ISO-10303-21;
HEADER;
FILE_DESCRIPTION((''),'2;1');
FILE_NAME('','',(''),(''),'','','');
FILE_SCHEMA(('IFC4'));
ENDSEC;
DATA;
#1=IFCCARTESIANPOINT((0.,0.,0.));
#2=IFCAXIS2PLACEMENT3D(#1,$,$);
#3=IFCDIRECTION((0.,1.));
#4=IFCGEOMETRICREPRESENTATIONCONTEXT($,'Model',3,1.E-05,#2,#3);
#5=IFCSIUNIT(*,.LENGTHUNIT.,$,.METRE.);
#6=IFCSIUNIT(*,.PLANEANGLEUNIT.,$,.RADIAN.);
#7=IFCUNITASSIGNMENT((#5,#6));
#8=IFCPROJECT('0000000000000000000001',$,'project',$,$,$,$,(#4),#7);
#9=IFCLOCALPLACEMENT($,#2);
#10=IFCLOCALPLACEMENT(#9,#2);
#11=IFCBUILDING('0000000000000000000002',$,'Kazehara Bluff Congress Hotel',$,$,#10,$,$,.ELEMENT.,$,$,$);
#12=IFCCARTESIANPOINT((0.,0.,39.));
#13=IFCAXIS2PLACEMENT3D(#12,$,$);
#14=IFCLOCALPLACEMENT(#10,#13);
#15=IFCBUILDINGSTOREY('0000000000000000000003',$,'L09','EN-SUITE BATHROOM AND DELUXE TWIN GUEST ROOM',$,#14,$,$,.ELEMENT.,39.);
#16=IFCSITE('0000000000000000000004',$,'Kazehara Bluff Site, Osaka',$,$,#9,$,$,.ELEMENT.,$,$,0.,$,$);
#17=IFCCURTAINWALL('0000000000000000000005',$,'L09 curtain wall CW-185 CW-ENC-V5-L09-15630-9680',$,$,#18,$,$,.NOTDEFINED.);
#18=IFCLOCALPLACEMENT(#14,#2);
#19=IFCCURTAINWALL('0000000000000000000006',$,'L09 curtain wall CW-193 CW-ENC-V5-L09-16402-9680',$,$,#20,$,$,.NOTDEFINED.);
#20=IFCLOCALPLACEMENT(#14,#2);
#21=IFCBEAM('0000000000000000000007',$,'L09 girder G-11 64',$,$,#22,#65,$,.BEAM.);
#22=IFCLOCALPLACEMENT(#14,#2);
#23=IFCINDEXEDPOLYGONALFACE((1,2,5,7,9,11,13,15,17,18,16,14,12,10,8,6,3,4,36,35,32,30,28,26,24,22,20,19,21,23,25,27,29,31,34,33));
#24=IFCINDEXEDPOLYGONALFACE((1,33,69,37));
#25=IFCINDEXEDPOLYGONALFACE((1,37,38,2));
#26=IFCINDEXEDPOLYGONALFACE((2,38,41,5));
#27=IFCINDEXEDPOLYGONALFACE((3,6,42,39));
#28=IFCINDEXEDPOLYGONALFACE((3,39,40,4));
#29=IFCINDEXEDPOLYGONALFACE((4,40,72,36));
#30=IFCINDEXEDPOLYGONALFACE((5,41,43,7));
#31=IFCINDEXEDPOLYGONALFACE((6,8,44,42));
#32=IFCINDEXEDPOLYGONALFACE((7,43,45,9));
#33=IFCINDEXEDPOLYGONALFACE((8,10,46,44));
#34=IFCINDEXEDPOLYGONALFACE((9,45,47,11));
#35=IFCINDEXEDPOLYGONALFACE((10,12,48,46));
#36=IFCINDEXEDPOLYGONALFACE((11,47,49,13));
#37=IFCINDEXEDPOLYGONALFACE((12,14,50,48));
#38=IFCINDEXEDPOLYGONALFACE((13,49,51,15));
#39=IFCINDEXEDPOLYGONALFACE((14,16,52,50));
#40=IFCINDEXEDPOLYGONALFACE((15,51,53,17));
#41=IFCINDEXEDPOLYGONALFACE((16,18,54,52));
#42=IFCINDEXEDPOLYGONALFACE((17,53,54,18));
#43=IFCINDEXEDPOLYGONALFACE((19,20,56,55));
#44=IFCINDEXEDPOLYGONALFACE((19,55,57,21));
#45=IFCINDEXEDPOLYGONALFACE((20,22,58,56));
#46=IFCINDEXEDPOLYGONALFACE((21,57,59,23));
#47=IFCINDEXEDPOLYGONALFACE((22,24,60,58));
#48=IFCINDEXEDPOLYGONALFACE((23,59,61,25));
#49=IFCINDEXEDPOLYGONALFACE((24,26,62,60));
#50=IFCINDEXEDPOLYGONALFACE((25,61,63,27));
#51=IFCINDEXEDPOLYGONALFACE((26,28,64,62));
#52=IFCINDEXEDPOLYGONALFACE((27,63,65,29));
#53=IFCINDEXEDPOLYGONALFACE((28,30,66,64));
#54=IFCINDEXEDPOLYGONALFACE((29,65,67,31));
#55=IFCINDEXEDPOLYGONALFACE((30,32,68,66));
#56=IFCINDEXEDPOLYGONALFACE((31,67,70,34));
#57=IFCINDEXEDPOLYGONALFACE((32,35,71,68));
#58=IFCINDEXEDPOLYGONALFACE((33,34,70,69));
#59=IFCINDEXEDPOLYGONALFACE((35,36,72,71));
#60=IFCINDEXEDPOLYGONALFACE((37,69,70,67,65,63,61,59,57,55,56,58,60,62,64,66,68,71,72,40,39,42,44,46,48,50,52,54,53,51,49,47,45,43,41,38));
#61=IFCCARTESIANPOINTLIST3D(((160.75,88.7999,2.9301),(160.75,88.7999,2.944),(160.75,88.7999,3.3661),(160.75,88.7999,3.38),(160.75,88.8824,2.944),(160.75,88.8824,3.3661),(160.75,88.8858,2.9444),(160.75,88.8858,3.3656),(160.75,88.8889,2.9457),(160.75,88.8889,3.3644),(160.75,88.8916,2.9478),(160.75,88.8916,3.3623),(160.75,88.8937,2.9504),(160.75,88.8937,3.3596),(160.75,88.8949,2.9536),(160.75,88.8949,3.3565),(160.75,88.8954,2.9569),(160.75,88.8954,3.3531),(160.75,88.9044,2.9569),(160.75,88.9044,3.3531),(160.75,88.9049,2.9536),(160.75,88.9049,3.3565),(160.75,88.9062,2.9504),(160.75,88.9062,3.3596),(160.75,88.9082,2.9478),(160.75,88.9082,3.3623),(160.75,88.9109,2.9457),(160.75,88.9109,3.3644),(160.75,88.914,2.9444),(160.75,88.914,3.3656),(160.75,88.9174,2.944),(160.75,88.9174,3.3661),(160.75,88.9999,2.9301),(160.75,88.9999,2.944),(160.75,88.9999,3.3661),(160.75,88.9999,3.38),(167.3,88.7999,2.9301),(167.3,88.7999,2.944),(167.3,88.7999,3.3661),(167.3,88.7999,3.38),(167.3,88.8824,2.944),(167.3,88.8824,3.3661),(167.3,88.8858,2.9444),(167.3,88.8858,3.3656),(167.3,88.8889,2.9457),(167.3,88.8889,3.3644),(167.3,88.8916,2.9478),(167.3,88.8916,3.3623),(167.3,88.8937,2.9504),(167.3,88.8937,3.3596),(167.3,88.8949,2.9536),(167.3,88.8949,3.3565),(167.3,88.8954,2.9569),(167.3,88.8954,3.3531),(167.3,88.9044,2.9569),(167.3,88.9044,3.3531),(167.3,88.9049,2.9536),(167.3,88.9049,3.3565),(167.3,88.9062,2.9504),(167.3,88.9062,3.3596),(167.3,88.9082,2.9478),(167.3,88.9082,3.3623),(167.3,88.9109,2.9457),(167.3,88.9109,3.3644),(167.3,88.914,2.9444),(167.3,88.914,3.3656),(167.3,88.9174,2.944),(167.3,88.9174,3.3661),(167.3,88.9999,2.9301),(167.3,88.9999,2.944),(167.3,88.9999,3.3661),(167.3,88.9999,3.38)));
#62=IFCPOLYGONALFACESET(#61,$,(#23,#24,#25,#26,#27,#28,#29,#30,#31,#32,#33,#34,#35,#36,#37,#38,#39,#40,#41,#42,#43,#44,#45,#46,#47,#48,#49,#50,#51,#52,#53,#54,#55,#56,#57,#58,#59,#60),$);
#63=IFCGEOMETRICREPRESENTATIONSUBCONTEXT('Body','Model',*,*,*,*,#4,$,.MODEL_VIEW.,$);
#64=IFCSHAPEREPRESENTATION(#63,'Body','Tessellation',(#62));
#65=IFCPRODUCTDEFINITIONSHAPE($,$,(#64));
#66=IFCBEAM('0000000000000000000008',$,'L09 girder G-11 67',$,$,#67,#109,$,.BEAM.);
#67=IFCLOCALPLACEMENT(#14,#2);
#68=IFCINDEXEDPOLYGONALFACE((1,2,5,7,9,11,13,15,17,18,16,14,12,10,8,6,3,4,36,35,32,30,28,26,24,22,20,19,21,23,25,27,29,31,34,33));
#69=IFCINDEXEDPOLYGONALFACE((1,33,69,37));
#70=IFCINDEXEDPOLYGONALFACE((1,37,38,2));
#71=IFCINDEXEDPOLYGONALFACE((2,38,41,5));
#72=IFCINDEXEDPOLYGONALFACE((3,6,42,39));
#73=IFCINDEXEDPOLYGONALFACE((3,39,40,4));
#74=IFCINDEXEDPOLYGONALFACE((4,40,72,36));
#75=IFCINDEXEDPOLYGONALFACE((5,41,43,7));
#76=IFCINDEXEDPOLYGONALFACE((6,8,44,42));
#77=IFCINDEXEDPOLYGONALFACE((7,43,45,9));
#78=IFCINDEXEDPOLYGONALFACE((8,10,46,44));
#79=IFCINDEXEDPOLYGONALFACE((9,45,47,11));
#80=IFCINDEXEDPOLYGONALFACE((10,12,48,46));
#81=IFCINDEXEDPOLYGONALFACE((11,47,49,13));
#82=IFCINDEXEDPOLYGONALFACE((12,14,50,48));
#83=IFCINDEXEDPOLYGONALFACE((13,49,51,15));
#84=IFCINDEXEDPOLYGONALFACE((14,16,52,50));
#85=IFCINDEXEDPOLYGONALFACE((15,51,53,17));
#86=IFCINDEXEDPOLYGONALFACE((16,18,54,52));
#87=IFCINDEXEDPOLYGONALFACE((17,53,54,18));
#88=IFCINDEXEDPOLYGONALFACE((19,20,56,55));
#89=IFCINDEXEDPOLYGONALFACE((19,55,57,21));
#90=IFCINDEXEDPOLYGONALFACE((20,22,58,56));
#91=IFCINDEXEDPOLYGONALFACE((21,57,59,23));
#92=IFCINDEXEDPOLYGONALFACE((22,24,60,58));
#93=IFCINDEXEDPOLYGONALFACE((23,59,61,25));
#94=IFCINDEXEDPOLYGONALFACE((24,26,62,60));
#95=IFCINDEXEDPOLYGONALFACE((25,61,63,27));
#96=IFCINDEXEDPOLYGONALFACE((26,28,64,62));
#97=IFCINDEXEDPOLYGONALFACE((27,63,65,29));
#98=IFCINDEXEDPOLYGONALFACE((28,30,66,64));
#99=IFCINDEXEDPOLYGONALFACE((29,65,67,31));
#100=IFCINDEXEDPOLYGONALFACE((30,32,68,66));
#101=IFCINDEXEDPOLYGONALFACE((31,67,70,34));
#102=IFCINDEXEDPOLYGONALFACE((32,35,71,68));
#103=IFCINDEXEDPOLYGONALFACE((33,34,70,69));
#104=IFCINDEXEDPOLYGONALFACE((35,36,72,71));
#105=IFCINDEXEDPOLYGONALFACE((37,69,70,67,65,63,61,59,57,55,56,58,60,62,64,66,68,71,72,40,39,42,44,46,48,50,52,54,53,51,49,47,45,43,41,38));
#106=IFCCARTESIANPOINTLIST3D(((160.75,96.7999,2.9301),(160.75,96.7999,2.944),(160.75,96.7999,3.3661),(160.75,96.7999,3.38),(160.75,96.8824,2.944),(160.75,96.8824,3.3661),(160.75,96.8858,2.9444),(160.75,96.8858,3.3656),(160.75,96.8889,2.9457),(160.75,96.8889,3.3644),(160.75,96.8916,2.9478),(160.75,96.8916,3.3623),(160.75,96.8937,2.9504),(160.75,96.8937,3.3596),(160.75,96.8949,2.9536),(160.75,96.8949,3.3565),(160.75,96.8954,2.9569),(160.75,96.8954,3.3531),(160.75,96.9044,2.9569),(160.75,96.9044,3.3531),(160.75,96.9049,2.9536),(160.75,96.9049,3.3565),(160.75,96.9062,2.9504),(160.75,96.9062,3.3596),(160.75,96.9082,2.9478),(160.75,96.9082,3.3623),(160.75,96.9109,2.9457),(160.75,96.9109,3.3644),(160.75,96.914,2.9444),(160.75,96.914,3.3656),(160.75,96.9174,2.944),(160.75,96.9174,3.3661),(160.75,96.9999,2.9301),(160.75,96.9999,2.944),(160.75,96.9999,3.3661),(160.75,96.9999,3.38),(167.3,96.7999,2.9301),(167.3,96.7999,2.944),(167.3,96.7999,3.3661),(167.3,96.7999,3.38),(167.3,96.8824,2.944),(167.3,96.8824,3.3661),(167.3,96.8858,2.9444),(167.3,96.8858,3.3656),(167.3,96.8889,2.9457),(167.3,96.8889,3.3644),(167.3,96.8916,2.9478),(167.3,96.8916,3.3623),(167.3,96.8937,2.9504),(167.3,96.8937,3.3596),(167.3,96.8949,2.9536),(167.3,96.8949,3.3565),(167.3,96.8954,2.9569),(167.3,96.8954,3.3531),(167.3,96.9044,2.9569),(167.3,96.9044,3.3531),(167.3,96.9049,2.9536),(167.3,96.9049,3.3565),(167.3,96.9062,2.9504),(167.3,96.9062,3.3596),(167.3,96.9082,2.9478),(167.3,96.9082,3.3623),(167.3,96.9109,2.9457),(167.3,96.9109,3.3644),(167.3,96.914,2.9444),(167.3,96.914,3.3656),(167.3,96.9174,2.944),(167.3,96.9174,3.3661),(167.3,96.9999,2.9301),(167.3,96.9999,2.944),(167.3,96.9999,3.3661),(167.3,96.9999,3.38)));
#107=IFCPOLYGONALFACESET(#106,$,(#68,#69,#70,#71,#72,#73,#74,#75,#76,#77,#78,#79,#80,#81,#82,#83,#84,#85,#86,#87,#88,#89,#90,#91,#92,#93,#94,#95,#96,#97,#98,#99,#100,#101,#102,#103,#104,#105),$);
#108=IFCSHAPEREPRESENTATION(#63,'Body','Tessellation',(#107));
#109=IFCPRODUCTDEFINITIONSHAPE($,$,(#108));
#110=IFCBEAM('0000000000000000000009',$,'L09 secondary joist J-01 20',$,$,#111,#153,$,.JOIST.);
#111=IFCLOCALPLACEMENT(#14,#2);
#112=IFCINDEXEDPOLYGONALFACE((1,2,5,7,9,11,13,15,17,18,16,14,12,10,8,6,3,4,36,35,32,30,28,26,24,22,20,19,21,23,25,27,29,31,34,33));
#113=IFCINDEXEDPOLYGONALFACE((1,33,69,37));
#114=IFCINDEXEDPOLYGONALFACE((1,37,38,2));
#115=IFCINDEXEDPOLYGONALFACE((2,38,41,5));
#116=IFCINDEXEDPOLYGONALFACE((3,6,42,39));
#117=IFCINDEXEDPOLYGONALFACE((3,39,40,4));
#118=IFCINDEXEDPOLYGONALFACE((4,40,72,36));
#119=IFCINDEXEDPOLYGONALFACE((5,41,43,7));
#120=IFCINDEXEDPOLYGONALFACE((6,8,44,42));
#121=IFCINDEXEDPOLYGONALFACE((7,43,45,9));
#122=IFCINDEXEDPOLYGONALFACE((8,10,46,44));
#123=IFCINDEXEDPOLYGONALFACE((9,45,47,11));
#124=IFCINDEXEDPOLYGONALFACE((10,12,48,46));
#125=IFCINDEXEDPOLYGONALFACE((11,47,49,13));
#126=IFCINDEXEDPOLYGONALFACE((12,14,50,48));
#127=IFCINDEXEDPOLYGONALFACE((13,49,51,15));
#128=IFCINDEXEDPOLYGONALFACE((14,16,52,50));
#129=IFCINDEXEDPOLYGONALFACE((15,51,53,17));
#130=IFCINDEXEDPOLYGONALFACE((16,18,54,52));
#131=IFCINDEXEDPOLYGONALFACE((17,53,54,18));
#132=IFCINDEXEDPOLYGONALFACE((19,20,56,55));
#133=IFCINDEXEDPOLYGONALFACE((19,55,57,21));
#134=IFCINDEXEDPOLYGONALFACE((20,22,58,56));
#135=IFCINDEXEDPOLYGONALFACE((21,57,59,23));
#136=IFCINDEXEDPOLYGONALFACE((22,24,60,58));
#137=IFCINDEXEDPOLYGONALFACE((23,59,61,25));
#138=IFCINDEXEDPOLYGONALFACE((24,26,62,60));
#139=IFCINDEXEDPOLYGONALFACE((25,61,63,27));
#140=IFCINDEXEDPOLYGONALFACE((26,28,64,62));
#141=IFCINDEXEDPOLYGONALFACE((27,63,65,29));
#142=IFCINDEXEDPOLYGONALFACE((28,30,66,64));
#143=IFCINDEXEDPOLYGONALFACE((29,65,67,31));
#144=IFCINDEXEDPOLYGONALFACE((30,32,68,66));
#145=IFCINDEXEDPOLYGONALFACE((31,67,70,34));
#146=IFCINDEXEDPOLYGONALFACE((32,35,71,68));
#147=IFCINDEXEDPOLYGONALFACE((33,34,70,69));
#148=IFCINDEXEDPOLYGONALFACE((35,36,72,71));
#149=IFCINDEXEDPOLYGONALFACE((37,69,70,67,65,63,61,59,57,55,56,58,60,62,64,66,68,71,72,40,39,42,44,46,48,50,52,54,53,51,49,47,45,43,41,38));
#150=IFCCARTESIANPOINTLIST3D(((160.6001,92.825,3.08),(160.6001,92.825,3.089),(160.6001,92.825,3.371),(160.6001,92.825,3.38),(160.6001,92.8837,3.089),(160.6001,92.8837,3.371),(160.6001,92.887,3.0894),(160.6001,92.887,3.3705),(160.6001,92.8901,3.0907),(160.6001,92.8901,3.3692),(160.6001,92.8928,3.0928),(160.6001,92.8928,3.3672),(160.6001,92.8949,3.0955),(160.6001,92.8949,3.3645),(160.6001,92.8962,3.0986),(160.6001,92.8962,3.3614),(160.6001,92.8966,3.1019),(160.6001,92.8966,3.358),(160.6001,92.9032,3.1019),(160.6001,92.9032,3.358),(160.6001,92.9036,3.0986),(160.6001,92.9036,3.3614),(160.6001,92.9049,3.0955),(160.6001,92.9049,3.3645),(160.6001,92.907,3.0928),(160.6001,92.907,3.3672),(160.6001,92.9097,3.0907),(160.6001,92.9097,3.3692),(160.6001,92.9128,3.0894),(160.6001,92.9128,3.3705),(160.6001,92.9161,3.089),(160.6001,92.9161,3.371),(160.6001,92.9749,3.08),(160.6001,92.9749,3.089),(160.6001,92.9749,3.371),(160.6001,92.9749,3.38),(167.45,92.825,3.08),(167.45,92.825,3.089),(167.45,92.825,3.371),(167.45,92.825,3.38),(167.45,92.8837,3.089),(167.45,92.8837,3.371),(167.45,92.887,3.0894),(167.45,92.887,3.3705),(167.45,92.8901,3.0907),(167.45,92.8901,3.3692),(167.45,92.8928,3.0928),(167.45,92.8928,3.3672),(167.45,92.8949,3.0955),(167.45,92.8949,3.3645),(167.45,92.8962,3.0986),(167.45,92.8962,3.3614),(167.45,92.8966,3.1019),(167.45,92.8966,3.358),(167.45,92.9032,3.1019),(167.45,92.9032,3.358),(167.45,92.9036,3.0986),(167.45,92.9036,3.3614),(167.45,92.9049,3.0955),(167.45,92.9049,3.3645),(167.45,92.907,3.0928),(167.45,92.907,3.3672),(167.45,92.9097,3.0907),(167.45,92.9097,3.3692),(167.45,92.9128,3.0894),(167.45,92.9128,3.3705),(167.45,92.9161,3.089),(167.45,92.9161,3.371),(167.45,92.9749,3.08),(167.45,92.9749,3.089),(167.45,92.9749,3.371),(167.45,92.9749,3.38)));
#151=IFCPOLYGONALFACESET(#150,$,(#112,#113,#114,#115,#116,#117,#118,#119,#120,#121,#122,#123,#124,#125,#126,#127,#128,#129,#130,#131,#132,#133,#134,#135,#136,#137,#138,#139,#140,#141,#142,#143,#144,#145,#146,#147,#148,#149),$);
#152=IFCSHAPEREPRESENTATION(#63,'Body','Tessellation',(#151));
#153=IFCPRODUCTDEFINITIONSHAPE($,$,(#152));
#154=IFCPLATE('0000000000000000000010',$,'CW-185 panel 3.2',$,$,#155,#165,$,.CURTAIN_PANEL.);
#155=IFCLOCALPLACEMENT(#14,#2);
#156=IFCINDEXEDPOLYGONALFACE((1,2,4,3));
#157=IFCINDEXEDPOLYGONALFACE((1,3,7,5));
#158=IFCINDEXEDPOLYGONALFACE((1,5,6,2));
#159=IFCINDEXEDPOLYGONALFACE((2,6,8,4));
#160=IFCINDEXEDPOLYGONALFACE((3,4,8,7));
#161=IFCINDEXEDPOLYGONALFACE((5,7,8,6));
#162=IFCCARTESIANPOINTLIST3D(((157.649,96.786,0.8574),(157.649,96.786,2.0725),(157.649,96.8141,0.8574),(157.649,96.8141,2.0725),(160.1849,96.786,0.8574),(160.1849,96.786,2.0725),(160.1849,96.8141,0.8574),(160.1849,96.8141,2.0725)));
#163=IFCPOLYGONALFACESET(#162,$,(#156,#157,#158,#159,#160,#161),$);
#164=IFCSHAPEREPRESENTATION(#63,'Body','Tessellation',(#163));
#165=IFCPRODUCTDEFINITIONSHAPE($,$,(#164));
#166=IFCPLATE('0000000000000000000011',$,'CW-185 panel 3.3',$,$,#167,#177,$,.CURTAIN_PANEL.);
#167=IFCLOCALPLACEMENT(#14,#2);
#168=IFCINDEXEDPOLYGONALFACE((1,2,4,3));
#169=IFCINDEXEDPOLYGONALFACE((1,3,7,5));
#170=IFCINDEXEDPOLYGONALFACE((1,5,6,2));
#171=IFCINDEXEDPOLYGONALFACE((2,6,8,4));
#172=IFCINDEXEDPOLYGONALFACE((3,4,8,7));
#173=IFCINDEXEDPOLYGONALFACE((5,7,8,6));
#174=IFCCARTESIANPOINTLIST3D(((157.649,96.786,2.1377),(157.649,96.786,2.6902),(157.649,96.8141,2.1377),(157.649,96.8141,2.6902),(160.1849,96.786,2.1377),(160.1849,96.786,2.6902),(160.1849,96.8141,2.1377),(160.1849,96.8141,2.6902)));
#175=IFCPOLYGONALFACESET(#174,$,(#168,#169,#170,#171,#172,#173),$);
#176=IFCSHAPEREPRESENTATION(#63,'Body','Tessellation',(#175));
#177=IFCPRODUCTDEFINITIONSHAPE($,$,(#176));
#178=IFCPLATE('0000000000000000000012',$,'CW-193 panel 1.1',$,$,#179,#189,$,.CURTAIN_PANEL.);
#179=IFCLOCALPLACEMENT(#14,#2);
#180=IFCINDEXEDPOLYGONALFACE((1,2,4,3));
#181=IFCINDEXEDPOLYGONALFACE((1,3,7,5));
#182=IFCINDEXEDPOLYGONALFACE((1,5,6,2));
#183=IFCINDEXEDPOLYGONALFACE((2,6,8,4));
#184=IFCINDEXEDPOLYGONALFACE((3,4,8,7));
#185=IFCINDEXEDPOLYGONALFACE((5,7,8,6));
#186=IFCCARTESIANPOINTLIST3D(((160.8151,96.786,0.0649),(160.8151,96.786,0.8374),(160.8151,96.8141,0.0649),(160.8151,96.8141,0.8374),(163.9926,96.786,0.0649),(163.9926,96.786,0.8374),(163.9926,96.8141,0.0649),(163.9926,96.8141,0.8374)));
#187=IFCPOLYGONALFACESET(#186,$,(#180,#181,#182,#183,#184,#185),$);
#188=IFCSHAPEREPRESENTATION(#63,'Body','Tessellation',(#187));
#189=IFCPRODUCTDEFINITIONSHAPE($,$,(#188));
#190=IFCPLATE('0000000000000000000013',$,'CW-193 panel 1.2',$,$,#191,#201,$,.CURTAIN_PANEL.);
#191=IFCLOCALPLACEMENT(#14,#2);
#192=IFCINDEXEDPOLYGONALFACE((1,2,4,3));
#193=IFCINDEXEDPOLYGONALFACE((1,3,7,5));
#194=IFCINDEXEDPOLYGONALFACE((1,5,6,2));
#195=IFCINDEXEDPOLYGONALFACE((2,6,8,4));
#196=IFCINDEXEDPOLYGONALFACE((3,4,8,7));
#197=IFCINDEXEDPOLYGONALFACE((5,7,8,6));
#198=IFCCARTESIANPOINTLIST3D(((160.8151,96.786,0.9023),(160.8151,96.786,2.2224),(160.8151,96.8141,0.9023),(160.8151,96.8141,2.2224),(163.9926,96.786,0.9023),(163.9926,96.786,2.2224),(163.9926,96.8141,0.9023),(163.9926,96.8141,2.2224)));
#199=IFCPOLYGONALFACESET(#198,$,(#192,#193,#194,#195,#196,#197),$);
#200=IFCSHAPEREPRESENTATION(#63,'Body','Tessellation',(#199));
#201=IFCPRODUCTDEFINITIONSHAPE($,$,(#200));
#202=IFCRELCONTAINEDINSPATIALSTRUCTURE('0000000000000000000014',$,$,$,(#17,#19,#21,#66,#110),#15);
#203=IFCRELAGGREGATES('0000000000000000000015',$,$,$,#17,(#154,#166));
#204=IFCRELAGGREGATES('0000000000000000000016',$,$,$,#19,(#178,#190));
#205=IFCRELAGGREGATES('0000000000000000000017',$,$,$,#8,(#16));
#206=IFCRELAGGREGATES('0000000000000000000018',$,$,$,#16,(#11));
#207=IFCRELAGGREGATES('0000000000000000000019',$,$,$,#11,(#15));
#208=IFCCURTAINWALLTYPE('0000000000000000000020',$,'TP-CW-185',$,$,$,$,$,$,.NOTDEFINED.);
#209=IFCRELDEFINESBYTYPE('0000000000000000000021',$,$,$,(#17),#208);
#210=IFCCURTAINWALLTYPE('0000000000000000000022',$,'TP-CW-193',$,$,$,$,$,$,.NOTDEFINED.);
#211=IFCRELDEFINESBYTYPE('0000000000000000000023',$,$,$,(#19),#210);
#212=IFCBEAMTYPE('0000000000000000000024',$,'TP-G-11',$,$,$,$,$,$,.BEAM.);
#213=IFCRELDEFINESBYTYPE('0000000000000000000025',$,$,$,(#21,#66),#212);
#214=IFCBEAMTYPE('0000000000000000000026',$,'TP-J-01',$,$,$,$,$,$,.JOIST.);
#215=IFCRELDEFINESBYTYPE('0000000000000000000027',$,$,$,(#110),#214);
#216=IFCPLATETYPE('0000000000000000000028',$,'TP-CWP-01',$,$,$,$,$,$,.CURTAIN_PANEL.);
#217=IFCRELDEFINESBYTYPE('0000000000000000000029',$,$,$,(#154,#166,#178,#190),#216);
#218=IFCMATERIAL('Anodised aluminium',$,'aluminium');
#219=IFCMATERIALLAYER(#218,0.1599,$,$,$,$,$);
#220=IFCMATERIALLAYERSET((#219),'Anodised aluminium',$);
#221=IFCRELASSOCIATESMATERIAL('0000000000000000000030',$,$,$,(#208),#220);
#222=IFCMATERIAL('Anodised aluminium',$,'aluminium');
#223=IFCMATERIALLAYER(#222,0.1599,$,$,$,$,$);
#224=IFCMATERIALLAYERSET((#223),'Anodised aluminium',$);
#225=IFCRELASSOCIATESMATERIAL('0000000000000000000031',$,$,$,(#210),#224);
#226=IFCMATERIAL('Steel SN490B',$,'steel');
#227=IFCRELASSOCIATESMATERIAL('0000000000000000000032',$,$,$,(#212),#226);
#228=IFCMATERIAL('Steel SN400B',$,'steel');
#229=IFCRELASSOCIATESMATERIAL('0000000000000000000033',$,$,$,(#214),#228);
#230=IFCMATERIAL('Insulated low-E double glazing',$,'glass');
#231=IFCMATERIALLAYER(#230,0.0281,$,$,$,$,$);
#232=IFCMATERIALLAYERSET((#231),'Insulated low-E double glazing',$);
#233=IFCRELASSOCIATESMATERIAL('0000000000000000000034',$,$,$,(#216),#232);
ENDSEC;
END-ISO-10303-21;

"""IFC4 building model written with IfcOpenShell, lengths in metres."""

from ifc_helpers import new_model, si_unit, direction, frame, origin, origin_2d, place, context, subcontext, project, spatial, rectangle, i_section, extrude, material, layer, layer_set, material_profile, profile_set, type_object, element, aggregate, save


model = new_model("IFC4")

# Units and contexts
model_context = context("Model", 3, precision=1e-05, world=origin(), true_north=direction((0.0, 1.0)))
body_context = subcontext(model_context, "Body", "Model", "MODEL_VIEW")
ifc_project = project(units=[si_unit("LENGTHUNIT", "METRE"), si_unit("PLANEANGLEUNIT", "RADIAN")], contexts=[model_context])

# Site, building, storey
site_placement = place(None, origin())
site = spatial("IfcSite", under=ifc_project, at=site_placement, Name="Kazehara Bluff Site, Osaka", CompositionType="ELEMENT", RefElevation=0.0)
building_placement = place(site_placement, origin())
building = spatial("IfcBuilding", under=site, at=building_placement, Name="Kazehara Bluff Congress Hotel", CompositionType="ELEMENT")
storey_placement = place(building_placement, frame((0.0, 0.0, 39.0)))
storey = spatial("IfcBuildingStorey", under=building, at=storey_placement, Name="L09", Description="EN-SUITE BATHROOM AND DELUXE TWIN GUEST ROOM", CompositionType="ELEMENT", Elevation=39.0)

# Curtain wall
ifc_material_1 = material(Name="Anodised aluminium", Category="aluminium")
ifc_layer_1 = layer(ifc_material_1, 0.1599)
ifc_layer_set_1 = layer_set([ifc_layer_1], Name="Anodised aluminium")
curtain_wall_type_1 = type_object("IfcCurtainWallType", Name="TP-CW-185", PredefinedType="NOTDEFINED", material=ifc_layer_set_1)
curtain_wall_1_placement = place(storey_placement, origin())
curtain_wall_1 = element("IfcCurtainWall", 1, at=curtain_wall_1_placement, inside=storey, type_object=curtain_wall_type_1, Name="L09 curtain wall CW-185 CW-ENC-V5-L09-15630-9680", PredefinedType="NOTDEFINED")

# Curtain wall
ifc_material_2 = material(Name="Anodised aluminium", Category="aluminium")
ifc_layer_2 = layer(ifc_material_2, 0.1599)
ifc_layer_set_2 = layer_set([ifc_layer_2], Name="Anodised aluminium")
curtain_wall_type_2 = type_object("IfcCurtainWallType", Name="TP-CW-193", PredefinedType="NOTDEFINED", material=ifc_layer_set_2)
curtain_wall_2_placement = place(storey_placement, origin())
curtain_wall_2 = element("IfcCurtainWall", 2, at=curtain_wall_2_placement, inside=storey, type_object=curtain_wall_type_2, Name="L09 curtain wall CW-193 CW-ENC-V5-L09-16402-9680", PredefinedType="NOTDEFINED")

# Beams
ifc_material_3 = material(Name="Steel SN490B", Category="steel")
ifc_material_profile_1 = material_profile(ifc_material_3, i_section(OverallWidth=0.2, OverallDepth=0.45, WebThickness=0.009, FlangeThickness=0.0139, FilletRadius=0.0129, at=origin_2d()))
ifc_profile_set_1 = profile_set([ifc_material_profile_1], Name="Steel SN490B")
beam_type_1 = type_object("IfcBeamType", Name="TP-G-11", PredefinedType="BEAM", material=ifc_profile_set_1)
for number, where, z_axis, x_axis, name in (
    (3, (160.75, 88.8999, 3.155), (1.0, 0.0, 0.0), (0.0, 1.0, 0.0), "L09 girder G-11 64"),
    (4, (160.75, 96.8999, 3.155), (1.0, 0.0, 0.0), (0.0, 1.0, 0.0), "L09 girder G-11 67"),
):
    element("IfcBeam", number, at=place(storey_placement, frame(where, z_axis=z_axis, x_axis=x_axis)), inside=storey, type_object=beam_type_1, Name=name, PredefinedType="BEAM", context=body_context, shape_type="SweptSolid", body=[
        extrude(i_section(OverallWidth=0.2, OverallDepth=0.45, WebThickness=0.009, FlangeThickness=0.0139, FilletRadius=0.0129, at=origin_2d()), origin(), (0.0, 0.0, 1.0), 6.55),
    ])
ifc_material_4 = material(Name="Steel SN400B", Category="steel")
ifc_material_profile_2 = material_profile(ifc_material_4, i_section(OverallWidth=0.1499, OverallDepth=0.3, WebThickness=0.0066, FlangeThickness=0.009, FilletRadius=0.0129, at=origin_2d()))
ifc_profile_set_2 = profile_set([ifc_material_profile_2], Name="Steel SN400B")
beam_type_2 = type_object("IfcBeamType", Name="TP-J-01", PredefinedType="JOIST", material=ifc_profile_set_2)
beam_1_placement = place(storey_placement, frame((160.6001, 92.8999, 3.23), z_axis=(1.0, 0.0, 0.0), x_axis=(0.0, 1.0, 0.0)))
element("IfcBeam", 5, at=beam_1_placement, inside=storey, type_object=beam_type_2, Name="L09 secondary joist J-01 20", PredefinedType="JOIST", context=body_context, shape_type="SweptSolid", body=[
    extrude(i_section(OverallWidth=0.1499, OverallDepth=0.3, WebThickness=0.0066, FlangeThickness=0.009, FilletRadius=0.0129, at=origin_2d()), origin(), (0.0, 0.0, 1.0), 6.8499),
])

# Plates
ifc_material_5 = material(Name="Insulated low-E double glazing", Category="glass")
ifc_layer_3 = layer(ifc_material_5, 0.0281)
ifc_layer_set_3 = layer_set([ifc_layer_3], Name="Insulated low-E double glazing")
plate_type = type_object("IfcPlateType", Name="TP-CWP-01", PredefinedType="CURTAIN_PANEL", material=ifc_layer_set_3)
plate_1_placement = place(storey_placement, frame((158.917, 96.8, 0.8574), z_axis=(0.0, 0.0, 1.0), x_axis=(1.0, 0.0, 0.0)))
plate_1 = element("IfcPlate", 6, at=plate_1_placement, type_object=plate_type, Name="CW-185 panel 3.2", PredefinedType="CURTAIN_PANEL", context=body_context, shape_type="SweptSolid", body=[
    extrude(rectangle(XDim=2.5359, YDim=0.0281, at=origin_2d()), origin(), (0.0, 0.0, 1.0), 1.2151),
])
plate_2_placement = place(storey_placement, frame((158.917, 96.8, 2.1377), z_axis=(0.0, 0.0, 1.0), x_axis=(1.0, 0.0, 0.0)))
plate_2 = element("IfcPlate", 7, at=plate_2_placement, type_object=plate_type, Name="CW-185 panel 3.3", PredefinedType="CURTAIN_PANEL", context=body_context, shape_type="SweptSolid", body=[
    extrude(rectangle(XDim=2.5359, YDim=0.0281, at=origin_2d()), origin(), (0.0, 0.0, 1.0), 0.5525),
])
aggregate(curtain_wall_1, [plate_1, plate_2])
plate_3_placement = place(storey_placement, frame((162.4038, 96.8, 0.0649), z_axis=(0.0, 0.0, 1.0), x_axis=(1.0, 0.0, 0.0)))
plate_3 = element("IfcPlate", 8, at=plate_3_placement, type_object=plate_type, Name="CW-193 panel 1.1", PredefinedType="CURTAIN_PANEL", context=body_context, shape_type="SweptSolid", body=[
    extrude(rectangle(XDim=3.1775, YDim=0.0281, at=origin_2d()), origin(), (0.0, 0.0, 1.0), 0.7725),
])
plate_4_placement = place(storey_placement, frame((162.4038, 96.8, 0.9023), z_axis=(0.0, 0.0, 1.0), x_axis=(1.0, 0.0, 0.0)))
plate_4 = element("IfcPlate", 9, at=plate_4_placement, type_object=plate_type, Name="CW-193 panel 1.2", PredefinedType="CURTAIN_PANEL", context=body_context, shape_type="SweptSolid", body=[
    extrude(rectangle(XDim=3.1775, YDim=0.0281, at=origin_2d()), origin(), (0.0, 0.0, 1.0), 1.3201),
])
aggregate(curtain_wall_2, [plate_3, plate_4])

save(model, "model.ifc")
